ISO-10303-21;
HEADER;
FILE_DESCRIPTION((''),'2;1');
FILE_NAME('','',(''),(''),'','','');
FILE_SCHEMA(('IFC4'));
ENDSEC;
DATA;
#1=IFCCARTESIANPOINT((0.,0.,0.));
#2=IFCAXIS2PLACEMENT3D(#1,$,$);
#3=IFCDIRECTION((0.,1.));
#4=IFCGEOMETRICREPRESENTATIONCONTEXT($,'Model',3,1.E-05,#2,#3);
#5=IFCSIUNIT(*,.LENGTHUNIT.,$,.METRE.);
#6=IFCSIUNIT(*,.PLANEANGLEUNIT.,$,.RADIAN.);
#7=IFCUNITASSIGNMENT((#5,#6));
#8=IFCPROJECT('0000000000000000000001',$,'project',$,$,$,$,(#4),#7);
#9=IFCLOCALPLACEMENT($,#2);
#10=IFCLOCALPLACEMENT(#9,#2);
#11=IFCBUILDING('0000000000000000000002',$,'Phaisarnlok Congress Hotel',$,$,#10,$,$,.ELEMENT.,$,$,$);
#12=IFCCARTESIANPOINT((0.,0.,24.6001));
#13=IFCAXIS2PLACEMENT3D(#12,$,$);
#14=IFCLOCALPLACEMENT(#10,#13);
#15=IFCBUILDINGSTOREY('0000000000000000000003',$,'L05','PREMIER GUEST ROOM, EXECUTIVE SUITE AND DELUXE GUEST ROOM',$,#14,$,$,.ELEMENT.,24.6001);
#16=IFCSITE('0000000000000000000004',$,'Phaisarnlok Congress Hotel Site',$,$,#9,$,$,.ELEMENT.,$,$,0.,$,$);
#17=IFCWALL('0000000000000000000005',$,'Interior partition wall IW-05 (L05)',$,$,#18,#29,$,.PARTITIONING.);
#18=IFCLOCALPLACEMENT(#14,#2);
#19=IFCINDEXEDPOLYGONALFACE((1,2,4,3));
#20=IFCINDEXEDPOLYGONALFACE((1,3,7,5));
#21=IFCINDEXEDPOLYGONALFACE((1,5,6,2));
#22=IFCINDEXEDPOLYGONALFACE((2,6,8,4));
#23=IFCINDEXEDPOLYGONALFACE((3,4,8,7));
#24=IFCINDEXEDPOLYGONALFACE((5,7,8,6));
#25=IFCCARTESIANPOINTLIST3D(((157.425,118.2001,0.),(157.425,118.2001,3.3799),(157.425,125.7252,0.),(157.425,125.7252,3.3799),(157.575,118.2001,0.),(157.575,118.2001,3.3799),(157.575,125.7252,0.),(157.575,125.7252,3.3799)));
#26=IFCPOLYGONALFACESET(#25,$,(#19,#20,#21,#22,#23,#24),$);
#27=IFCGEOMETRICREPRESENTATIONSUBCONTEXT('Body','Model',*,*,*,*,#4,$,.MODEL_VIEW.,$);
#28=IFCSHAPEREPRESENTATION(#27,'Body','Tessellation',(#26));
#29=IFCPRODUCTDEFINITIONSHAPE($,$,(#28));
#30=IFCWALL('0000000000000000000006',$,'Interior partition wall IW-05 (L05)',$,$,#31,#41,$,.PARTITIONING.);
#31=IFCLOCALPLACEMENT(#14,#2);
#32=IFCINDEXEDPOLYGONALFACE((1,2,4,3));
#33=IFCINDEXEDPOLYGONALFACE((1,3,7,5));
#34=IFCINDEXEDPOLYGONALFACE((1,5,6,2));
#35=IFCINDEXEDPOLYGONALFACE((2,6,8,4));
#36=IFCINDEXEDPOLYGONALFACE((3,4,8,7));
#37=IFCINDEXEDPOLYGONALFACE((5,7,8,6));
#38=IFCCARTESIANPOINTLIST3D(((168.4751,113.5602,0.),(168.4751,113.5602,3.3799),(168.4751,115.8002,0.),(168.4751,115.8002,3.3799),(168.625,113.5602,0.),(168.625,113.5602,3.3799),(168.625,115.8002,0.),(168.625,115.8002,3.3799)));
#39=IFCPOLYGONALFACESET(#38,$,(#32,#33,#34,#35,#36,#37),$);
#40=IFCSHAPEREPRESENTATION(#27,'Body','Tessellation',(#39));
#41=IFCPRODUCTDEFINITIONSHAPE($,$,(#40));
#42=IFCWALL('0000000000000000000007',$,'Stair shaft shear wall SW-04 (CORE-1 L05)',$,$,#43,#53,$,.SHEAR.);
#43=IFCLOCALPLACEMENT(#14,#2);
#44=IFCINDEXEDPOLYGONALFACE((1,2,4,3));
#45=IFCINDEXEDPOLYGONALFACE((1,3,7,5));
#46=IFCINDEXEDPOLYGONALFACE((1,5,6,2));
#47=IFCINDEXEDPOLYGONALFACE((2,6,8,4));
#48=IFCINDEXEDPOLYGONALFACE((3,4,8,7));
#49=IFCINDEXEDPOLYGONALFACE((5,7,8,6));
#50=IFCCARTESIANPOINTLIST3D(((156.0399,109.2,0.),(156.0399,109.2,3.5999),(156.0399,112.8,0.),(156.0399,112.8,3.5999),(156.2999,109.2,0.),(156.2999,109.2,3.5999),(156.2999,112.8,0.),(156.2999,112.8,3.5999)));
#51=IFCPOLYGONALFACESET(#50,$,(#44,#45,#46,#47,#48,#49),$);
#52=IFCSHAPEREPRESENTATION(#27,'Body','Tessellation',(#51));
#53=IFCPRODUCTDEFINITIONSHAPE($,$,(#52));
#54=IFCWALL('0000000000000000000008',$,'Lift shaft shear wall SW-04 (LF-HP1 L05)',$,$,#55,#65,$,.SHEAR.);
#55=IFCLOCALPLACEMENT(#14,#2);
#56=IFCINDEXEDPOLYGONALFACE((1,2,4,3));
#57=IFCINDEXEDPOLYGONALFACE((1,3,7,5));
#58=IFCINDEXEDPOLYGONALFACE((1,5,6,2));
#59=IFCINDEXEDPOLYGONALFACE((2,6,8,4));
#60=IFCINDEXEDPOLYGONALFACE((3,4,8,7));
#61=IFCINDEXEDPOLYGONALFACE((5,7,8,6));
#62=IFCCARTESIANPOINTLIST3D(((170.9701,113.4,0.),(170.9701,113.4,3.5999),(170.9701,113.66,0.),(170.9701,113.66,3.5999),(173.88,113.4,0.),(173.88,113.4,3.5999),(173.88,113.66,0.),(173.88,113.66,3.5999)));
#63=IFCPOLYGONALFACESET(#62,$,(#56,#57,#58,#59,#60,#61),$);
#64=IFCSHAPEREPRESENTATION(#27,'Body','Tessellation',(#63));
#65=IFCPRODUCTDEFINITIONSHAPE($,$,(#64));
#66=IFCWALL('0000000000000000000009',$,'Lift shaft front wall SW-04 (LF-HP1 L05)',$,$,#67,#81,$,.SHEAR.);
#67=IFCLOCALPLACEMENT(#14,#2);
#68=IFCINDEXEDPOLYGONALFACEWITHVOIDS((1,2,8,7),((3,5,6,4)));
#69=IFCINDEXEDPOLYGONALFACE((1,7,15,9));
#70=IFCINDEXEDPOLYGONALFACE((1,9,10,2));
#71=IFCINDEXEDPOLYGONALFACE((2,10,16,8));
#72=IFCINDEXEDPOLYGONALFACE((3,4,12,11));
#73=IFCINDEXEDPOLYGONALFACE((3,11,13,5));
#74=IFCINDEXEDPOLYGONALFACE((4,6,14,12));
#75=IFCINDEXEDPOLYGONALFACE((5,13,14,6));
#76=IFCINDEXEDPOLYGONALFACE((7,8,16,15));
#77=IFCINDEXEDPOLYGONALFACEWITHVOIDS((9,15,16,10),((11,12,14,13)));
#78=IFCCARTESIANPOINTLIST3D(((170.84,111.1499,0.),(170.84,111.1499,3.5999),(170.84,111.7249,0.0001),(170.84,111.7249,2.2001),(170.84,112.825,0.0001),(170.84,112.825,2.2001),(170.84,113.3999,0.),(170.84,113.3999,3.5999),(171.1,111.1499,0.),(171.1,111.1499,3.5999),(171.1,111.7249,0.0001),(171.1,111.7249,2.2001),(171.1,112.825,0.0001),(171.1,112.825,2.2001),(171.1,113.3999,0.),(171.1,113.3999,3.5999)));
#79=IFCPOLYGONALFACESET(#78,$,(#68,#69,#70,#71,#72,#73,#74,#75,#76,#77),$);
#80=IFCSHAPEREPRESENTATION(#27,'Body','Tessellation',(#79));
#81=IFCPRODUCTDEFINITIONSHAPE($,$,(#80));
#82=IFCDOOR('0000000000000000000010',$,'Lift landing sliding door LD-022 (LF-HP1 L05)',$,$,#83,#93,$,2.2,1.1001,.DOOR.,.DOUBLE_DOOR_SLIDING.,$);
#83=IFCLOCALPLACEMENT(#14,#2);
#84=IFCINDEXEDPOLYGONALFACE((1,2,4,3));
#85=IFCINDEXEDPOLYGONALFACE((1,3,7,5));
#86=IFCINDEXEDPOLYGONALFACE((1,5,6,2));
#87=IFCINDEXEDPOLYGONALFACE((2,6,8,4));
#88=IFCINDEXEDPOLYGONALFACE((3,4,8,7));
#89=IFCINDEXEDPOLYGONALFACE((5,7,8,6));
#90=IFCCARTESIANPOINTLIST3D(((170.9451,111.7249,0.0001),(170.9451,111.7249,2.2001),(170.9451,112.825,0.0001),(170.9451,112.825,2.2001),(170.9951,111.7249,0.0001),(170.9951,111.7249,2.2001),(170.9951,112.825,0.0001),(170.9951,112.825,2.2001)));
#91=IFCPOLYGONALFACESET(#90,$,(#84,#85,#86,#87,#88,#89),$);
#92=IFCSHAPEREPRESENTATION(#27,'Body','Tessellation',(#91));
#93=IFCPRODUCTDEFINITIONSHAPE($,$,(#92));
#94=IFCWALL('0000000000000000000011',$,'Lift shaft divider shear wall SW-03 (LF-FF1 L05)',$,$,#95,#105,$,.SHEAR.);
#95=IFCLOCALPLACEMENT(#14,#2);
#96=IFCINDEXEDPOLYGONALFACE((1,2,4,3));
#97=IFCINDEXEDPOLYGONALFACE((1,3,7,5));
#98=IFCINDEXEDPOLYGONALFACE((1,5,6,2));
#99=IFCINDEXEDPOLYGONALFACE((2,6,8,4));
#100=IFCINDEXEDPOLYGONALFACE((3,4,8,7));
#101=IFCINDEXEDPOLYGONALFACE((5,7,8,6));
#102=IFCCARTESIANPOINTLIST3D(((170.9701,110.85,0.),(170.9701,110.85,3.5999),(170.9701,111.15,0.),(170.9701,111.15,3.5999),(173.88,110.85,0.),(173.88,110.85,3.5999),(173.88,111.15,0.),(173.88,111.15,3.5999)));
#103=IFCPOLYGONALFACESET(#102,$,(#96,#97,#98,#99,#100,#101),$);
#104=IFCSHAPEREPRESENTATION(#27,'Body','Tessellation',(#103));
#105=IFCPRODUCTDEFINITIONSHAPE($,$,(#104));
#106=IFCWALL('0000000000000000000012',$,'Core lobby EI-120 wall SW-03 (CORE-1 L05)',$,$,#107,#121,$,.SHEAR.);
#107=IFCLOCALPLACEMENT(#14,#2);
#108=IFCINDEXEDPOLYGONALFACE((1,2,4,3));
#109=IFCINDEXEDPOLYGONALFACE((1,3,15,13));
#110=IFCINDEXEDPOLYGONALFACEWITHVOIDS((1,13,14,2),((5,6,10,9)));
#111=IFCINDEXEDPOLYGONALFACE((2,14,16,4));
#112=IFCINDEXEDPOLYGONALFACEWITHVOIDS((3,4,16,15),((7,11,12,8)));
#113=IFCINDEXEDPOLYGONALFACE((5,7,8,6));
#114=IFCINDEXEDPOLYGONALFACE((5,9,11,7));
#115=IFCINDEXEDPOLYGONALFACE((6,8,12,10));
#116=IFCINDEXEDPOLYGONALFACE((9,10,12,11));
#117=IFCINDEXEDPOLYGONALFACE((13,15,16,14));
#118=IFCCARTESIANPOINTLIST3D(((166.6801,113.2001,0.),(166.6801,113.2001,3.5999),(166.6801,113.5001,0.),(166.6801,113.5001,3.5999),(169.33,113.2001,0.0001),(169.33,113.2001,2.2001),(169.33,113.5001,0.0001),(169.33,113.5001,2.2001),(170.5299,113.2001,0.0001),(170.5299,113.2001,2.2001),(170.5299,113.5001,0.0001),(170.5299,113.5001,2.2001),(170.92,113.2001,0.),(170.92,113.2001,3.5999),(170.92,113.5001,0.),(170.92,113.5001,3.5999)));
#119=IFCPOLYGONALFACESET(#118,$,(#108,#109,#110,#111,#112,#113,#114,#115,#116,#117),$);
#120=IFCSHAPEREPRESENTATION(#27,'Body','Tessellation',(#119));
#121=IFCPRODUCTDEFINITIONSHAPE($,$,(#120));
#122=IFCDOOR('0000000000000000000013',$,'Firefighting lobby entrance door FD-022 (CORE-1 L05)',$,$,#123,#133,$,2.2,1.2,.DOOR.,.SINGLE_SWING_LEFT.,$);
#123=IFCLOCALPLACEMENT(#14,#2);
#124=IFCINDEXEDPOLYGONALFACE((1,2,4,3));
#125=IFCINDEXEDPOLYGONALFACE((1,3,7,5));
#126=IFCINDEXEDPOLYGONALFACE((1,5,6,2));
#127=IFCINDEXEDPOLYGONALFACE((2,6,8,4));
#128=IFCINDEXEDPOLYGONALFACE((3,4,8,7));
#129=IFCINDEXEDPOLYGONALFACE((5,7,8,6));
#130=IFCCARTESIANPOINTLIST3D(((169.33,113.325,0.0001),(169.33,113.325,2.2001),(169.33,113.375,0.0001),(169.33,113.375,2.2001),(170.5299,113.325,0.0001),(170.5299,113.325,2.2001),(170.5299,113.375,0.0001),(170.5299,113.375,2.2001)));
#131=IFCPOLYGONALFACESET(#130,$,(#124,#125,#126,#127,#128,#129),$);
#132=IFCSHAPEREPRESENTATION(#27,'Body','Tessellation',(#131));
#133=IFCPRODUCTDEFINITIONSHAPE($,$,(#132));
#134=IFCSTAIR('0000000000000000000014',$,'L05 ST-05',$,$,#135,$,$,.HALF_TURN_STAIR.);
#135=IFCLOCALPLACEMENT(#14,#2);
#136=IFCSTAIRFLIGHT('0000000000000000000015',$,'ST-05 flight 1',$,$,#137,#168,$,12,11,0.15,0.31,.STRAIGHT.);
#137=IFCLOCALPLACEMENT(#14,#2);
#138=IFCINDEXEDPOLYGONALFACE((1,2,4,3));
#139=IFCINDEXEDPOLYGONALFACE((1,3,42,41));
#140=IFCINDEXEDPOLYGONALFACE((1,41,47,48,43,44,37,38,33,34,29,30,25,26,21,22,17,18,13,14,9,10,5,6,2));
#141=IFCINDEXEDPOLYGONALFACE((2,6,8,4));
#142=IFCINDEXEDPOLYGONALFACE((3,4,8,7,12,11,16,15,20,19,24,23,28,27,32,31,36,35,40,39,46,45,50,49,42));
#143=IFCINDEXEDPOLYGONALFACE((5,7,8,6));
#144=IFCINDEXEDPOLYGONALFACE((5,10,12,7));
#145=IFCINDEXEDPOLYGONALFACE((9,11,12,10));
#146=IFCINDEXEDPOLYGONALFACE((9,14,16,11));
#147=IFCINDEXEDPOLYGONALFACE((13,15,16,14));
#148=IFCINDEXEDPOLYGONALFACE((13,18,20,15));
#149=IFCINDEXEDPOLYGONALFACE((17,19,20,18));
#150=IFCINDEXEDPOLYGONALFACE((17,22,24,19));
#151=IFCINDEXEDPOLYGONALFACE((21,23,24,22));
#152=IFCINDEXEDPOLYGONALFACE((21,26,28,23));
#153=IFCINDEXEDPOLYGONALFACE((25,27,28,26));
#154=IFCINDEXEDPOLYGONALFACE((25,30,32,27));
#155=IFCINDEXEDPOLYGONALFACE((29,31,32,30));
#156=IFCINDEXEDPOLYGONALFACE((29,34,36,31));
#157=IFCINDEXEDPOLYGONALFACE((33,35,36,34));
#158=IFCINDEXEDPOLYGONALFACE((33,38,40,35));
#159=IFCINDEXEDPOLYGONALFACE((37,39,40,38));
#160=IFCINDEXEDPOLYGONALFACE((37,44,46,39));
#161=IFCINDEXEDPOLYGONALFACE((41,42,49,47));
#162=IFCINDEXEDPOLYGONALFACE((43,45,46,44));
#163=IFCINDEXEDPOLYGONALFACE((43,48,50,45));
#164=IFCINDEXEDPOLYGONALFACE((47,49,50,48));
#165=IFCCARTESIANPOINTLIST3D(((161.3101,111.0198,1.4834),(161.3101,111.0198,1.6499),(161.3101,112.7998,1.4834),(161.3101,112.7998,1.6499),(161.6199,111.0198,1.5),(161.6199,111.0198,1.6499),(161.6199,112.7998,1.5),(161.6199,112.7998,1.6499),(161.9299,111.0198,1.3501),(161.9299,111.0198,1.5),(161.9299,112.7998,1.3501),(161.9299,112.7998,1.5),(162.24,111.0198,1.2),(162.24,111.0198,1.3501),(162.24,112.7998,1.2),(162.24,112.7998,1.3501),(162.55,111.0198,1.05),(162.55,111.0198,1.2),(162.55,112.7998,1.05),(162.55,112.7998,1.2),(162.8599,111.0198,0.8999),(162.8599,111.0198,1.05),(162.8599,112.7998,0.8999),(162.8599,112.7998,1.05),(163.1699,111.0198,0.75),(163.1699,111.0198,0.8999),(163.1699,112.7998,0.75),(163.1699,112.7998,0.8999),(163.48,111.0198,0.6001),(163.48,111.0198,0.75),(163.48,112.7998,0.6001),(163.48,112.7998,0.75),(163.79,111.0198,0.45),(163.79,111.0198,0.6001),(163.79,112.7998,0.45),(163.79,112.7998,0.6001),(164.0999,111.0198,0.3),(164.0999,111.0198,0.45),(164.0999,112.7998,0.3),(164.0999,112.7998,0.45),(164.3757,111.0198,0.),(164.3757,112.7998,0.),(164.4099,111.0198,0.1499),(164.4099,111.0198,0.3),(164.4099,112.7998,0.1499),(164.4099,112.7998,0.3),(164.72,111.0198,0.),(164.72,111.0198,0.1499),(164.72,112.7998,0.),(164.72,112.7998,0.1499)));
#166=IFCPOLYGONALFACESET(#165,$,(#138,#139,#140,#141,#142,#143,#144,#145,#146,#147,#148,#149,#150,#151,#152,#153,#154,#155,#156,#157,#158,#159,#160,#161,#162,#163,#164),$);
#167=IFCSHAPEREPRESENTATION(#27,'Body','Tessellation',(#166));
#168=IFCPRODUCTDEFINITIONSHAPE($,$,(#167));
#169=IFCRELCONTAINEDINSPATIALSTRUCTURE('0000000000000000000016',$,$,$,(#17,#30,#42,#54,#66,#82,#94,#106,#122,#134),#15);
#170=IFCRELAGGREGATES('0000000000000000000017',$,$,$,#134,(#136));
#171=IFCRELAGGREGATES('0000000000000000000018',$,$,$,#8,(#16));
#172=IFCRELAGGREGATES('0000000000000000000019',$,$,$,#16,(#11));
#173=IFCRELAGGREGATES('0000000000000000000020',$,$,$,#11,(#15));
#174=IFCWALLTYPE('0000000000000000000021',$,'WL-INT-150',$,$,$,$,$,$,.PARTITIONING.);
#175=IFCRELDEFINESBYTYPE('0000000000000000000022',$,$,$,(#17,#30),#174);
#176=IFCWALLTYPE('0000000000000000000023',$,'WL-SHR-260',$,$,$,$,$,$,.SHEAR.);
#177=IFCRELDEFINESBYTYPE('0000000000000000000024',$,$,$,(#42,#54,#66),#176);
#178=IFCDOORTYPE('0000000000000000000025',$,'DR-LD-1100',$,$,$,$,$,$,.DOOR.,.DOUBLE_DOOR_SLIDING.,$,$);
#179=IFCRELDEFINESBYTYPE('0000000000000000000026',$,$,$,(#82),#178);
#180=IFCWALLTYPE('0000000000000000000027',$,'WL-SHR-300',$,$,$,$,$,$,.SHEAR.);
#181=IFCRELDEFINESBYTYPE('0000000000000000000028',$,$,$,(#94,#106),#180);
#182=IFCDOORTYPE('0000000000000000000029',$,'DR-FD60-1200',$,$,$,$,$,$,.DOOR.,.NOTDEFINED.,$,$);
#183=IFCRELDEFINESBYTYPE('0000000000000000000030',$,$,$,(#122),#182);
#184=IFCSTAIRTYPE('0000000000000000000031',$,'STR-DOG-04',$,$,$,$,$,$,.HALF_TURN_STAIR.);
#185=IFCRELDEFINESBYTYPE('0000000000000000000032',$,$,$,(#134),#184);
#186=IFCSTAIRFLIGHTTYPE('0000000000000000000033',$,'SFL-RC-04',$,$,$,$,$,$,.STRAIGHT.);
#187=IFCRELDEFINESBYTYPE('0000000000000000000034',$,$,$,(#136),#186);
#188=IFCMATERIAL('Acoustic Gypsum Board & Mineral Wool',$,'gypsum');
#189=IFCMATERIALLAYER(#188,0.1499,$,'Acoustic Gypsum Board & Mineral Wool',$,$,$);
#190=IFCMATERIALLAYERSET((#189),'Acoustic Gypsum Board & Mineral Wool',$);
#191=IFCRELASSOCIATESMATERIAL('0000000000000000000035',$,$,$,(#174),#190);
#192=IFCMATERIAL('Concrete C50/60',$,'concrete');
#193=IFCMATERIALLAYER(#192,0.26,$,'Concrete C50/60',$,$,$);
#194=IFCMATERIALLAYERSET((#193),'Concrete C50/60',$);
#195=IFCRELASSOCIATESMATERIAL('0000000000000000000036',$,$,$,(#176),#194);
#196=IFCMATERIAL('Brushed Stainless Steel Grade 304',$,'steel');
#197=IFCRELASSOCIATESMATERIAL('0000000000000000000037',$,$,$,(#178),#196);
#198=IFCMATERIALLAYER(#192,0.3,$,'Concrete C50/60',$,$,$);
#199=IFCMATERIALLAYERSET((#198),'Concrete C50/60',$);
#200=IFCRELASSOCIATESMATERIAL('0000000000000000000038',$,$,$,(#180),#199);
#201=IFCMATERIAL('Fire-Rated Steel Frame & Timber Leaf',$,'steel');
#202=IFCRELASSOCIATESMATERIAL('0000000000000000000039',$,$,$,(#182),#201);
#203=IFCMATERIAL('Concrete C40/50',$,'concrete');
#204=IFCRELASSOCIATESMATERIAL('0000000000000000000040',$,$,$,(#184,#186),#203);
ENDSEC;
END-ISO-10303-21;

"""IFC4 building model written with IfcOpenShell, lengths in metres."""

from ifc_helpers import new_model, si_unit, direction, frame, frame_2d, origin, place, context, subcontext, project, spatial, polyline, rectangle, outline, extrude, material, layer, layer_set, type_object, element, fill, aggregate, save


model = new_model("IFC4")

# Units and contexts
model_context = context("Model", 3, precision=1e-05, world=origin(), true_north=direction((0.0, 1.0)))
body_context = subcontext(model_context, "Body", "Model", "MODEL_VIEW")
ifc_project = project(units=[si_unit("LENGTHUNIT", "METRE"), si_unit("PLANEANGLEUNIT", "RADIAN")], contexts=[model_context])

# Site, building, storey
site_placement = place(None, origin())
site = spatial("IfcSite", under=ifc_project, at=site_placement, Name="Phaisarnlok Congress Hotel Site", CompositionType="ELEMENT", RefElevation=0.0)
building_placement = place(site_placement, origin())
building = spatial("IfcBuilding", under=site, at=building_placement, Name="Phaisarnlok Congress Hotel", CompositionType="ELEMENT")
storey_placement = place(building_placement, frame((0.0, 0.0, 24.6001)))
storey = spatial("IfcBuildingStorey", under=building, at=storey_placement, Name="L05", Description="PREMIER GUEST ROOM, EXECUTIVE SUITE AND DELUXE GUEST ROOM", CompositionType="ELEMENT", Elevation=24.6001)

# Shared definitions
ifc_material_1 = material(Name="Concrete C50/60", Category="concrete")

# Shared definitions
ifc_material_2 = material(Name="Concrete C40/50", Category="concrete")

# Walls
ifc_material_3 = material(Name="Acoustic Gypsum Board & Mineral Wool", Category="gypsum")
ifc_layer_1 = layer(ifc_material_3, 0.1499, Name="Acoustic Gypsum Board & Mineral Wool")
ifc_layer_set_1 = layer_set([ifc_layer_1], Name="Acoustic Gypsum Board & Mineral Wool")
wall_type_1 = type_object("IfcWallType", Name="WL-INT-150", PredefinedType="PARTITIONING", material=ifc_layer_set_1)
wall_1_placement = place(storey_placement, frame((157.5, 118.2, 0.0), z_axis=(0.0, 0.0, 1.0), x_axis=(0.0, 1.0, 0.0)))
element("IfcWall", 1, at=wall_1_placement, inside=storey, type_object=wall_type_1, Name="Interior partition wall IW-05 (L05)", PredefinedType="PARTITIONING", context=body_context, shape_type="SweptSolid", body=[
    extrude(rectangle(XDim=7.5251, YDim=0.1499, at=frame_2d((3.7627, 0.0))), origin(), (0.0, 0.0, 1.0), 3.3799),
])
wall_2_placement = place(storey_placement, frame((168.55, 113.5601, 0.0), z_axis=(0.0, 0.0, 1.0), x_axis=(0.0, 1.0, 0.0)))
element("IfcWall", 2, at=wall_2_placement, inside=storey, type_object=wall_type_1, Name="Interior partition wall IW-05 (L05)", PredefinedType="PARTITIONING", context=body_context, shape_type="SweptSolid", body=[
    extrude(rectangle(XDim=2.24, YDim=0.1499, at=frame_2d((1.1201, 0.0))), origin(), (0.0, 0.0, 1.0), 3.3799),
])
ifc_layer_2 = layer(ifc_material_1, 0.26, Name="Concrete C50/60")
ifc_layer_set_2 = layer_set([ifc_layer_2], Name="Concrete C50/60")
wall_type_2 = type_object("IfcWallType", Name="WL-SHR-260", PredefinedType="SHEAR", material=ifc_layer_set_2)
wall_3_placement = place(storey_placement, frame((156.1699, 109.2, 0.0), z_axis=(0.0, 0.0, 1.0), x_axis=(0.0, 1.0, 0.0)))
element("IfcWall", 3, at=wall_3_placement, inside=storey, type_object=wall_type_2, Name="Stair shaft shear wall SW-04 (CORE-1 L05)", PredefinedType="SHEAR", context=body_context, shape_type="SweptSolid", body=[
    extrude(rectangle(XDim=3.6001, YDim=0.26, at=frame_2d((1.8, 0.0))), origin(), (0.0, 0.0, 1.0), 3.5999),
])

# Shared definitions
ifc_material_4 = material(Name="Fire-Rated Steel Frame & Timber Leaf", Category="steel")

# Wall
wall_4_placement = place(storey_placement, frame((170.97, 113.53, 0.0), z_axis=(0.0, 0.0, 1.0), x_axis=(1.0, 0.0, 0.0)))
element("IfcWall", 4, at=wall_4_placement, inside=storey, type_object=wall_type_2, Name="Lift shaft shear wall SW-04 (LF-HP1 L05)", PredefinedType="SHEAR", context=body_context, shape_type="SweptSolid", body=[
    extrude(rectangle(XDim=2.9099, YDim=0.26, at=frame_2d((1.4551, 0.0))), origin(), (0.0, 0.0, 1.0), 3.5999),
])

# Wall, opening, door
wall_5_placement = place(storey_placement, frame((170.97, 111.1499, 0.0), z_axis=(0.0, 0.0, 1.0), x_axis=(0.0, 1.0, 0.0)))
wall_5 = element("IfcWall", 5, at=wall_5_placement, inside=storey, type_object=wall_type_2, Name="Lift shaft front wall SW-04 (LF-HP1 L05)", PredefinedType="SHEAR", context=body_context, shape_type="SweptSolid", body=[
    extrude(rectangle(XDim=2.25, YDim=0.26, at=frame_2d((1.125, 0.0))), origin(), (0.0, 0.0, 1.0), 3.5999),
])
opening_1_placement = place(wall_5_placement, frame((0.575, 0.0, 0.0)))
opening_1 = element("IfcOpeningElement", 6, at=opening_1_placement, cuts=wall_5, PredefinedType="OPENING", context=body_context, shape_type="SweptSolid", body=[
    extrude(rectangle(XDim=1.1001, YDim=2.2, at=frame_2d((0.55, 1.1001))), frame((0.0, 0.1401, 0.0), z_axis=(0.0, -1.0, 0.0), x_axis=(1.0, 0.0, 0.0)), (0.0, 0.0, 1.0), 0.28),
])
ifc_material_5 = material(Name="Brushed Stainless Steel Grade 304", Category="steel")
door_type_1 = type_object("IfcDoorType", Name="DR-LD-1100", OperationType="DOUBLE_DOOR_SLIDING", PredefinedType="DOOR", material=ifc_material_5)
door_1_placement = place(opening_1_placement, origin())
door_1 = element("IfcDoor", 7, at=door_1_placement, inside=storey, type_object=door_type_1, Name="Lift landing sliding door LD-022 (LF-HP1 L05)", OperationType="DOUBLE_DOOR_SLIDING", OverallHeight=2.2, OverallWidth=1.1001, PredefinedType="DOOR", context=body_context, shape_type="SweptSolid", body=[
    extrude(rectangle(XDim=1.1001, YDim=2.2, at=frame_2d((0.55, 1.1001))), frame((0.0, 0.0249, 0.0), z_axis=(0.0, -1.0, 0.0), x_axis=(1.0, 0.0, 0.0)), (0.0, 0.0, 1.0), 0.05),
])
fill(opening_1, door_1)

# Wall
ifc_layer_3 = layer(ifc_material_1, 0.3, Name="Concrete C50/60")
ifc_layer_set_3 = layer_set([ifc_layer_3], Name="Concrete C50/60")
wall_type_3 = type_object("IfcWallType", Name="WL-SHR-300", PredefinedType="SHEAR", material=ifc_layer_set_3)
wall_6_placement = place(storey_placement, frame((170.97, 111.0, 0.0), z_axis=(0.0, 0.0, 1.0), x_axis=(1.0, 0.0, 0.0)))
element("IfcWall", 8, at=wall_6_placement, inside=storey, type_object=wall_type_3, Name="Lift shaft divider shear wall SW-03 (LF-FF1 L05)", PredefinedType="SHEAR", context=body_context, shape_type="SweptSolid", body=[
    extrude(rectangle(XDim=2.9099, YDim=0.3, at=frame_2d((1.4551, 0.0))), origin(), (0.0, 0.0, 1.0), 3.5999),
])

# Wall, opening, door
wall_7_placement = place(storey_placement, frame((166.6799, 113.3501, 0.0), z_axis=(0.0, 0.0, 1.0), x_axis=(1.0, 0.0, 0.0)))
wall_7 = element("IfcWall", 9, at=wall_7_placement, inside=storey, type_object=wall_type_3, Name="Core lobby EI-120 wall SW-03 (CORE-1 L05)", PredefinedType="SHEAR", context=body_context, shape_type="SweptSolid", body=[
    extrude(rectangle(XDim=4.24, YDim=0.3, at=frame_2d((2.1201, 0.0))), origin(), (0.0, 0.0, 1.0), 3.5999),
])
opening_2_placement = place(wall_7_placement, frame((2.6499, 0.0, 0.0)))
opening_2 = element("IfcOpeningElement", 10, at=opening_2_placement, cuts=wall_7, PredefinedType="OPENING", context=body_context, shape_type="SweptSolid", body=[
    extrude(rectangle(XDim=1.2, YDim=2.2, at=frame_2d((0.6001, 1.1001))), frame((0.0, 0.1602, 0.0), z_axis=(0.0, -1.0, 0.0), x_axis=(1.0, 0.0, 0.0)), (0.0, 0.0, 1.0), 0.3201),
])
door_type_2 = type_object("IfcDoorType", Name="DR-FD60-1200", OperationType="NOTDEFINED", PredefinedType="DOOR", material=ifc_material_4)
door_2_placement = place(opening_2_placement, origin())
door_2 = element("IfcDoor", 11, at=door_2_placement, inside=storey, type_object=door_type_2, Name="Firefighting lobby entrance door FD-022 (CORE-1 L05)", OperationType="SINGLE_SWING_LEFT", OverallHeight=2.2, OverallWidth=1.2, PredefinedType="DOOR", context=body_context, shape_type="SweptSolid", body=[
    extrude(rectangle(XDim=1.2, YDim=2.2, at=frame_2d((0.6001, 1.1001))), frame((0.0, 0.0249, 0.0), z_axis=(0.0, -1.0, 0.0), x_axis=(1.0, 0.0, 0.0)), (0.0, 0.0, 1.0), 0.05),
])
fill(opening_2, door_2)

# Stair, stair flight
stair_type = type_object("IfcStairType", Name="STR-DOG-04", PredefinedType="HALF_TURN_STAIR", material=ifc_material_2)
stair_placement = place(storey_placement, origin())
stair = element("IfcStair", 12, at=stair_placement, inside=storey, type_object=stair_type, Name="L05 ST-05", PredefinedType="HALF_TURN_STAIR")
stair_flight_type = type_object("IfcStairFlightType", Name="SFL-RC-04", PredefinedType="STRAIGHT", material=ifc_material_2)
stair_flight_1_placement = place(storey_placement, frame((164.72, 111.9099, 0.0), z_axis=(0.0, 0.0, 1.0), x_axis=(-1.0, 0.0, 0.0)))
stair_flight_1 = element("IfcStairFlight", 13, at=stair_flight_1_placement, type_object=stair_flight_type, Name="ST-05 flight 1", NumberOfRisers=12, NumberOfTreads=11, PredefinedType="STRAIGHT", RiserHeight=0.15, TreadLength=0.31, context=body_context, shape_type="SweptSolid", body=[
    extrude(outline(polyline([(0.0, 0.0), (0.0, 0.1499), (0.3101, 0.1499), (0.3101, 0.3), (0.6201, 0.3), (0.6201, 0.45), (0.9299, 0.45), (0.9299, 0.6001), (1.24, 0.6001), (1.24, 0.75), (1.55, 0.75), (1.55, 0.8999), (1.8601, 0.8999), (1.8601, 1.05), (2.1699, 1.05), (2.1699, 1.2), (2.48, 1.2), (2.48, 1.3501), (2.79, 1.3501), (2.79, 1.5), (3.1001, 1.5), (3.1001, 1.6499), (3.4099, 1.6499), (3.4099, 1.8), (3.4099, 1.4834), (0.3442, 0.0), (0.0, 0.0)])), frame((0.0, 0.8901, 0.0), z_axis=(0.0, -1.0, 0.0), x_axis=(1.0, 0.0, 0.0)), (0.0, 0.0, 1.0), 1.78),
])
aggregate(stair, [stair_flight_1])

save(model, "model.ifc")
